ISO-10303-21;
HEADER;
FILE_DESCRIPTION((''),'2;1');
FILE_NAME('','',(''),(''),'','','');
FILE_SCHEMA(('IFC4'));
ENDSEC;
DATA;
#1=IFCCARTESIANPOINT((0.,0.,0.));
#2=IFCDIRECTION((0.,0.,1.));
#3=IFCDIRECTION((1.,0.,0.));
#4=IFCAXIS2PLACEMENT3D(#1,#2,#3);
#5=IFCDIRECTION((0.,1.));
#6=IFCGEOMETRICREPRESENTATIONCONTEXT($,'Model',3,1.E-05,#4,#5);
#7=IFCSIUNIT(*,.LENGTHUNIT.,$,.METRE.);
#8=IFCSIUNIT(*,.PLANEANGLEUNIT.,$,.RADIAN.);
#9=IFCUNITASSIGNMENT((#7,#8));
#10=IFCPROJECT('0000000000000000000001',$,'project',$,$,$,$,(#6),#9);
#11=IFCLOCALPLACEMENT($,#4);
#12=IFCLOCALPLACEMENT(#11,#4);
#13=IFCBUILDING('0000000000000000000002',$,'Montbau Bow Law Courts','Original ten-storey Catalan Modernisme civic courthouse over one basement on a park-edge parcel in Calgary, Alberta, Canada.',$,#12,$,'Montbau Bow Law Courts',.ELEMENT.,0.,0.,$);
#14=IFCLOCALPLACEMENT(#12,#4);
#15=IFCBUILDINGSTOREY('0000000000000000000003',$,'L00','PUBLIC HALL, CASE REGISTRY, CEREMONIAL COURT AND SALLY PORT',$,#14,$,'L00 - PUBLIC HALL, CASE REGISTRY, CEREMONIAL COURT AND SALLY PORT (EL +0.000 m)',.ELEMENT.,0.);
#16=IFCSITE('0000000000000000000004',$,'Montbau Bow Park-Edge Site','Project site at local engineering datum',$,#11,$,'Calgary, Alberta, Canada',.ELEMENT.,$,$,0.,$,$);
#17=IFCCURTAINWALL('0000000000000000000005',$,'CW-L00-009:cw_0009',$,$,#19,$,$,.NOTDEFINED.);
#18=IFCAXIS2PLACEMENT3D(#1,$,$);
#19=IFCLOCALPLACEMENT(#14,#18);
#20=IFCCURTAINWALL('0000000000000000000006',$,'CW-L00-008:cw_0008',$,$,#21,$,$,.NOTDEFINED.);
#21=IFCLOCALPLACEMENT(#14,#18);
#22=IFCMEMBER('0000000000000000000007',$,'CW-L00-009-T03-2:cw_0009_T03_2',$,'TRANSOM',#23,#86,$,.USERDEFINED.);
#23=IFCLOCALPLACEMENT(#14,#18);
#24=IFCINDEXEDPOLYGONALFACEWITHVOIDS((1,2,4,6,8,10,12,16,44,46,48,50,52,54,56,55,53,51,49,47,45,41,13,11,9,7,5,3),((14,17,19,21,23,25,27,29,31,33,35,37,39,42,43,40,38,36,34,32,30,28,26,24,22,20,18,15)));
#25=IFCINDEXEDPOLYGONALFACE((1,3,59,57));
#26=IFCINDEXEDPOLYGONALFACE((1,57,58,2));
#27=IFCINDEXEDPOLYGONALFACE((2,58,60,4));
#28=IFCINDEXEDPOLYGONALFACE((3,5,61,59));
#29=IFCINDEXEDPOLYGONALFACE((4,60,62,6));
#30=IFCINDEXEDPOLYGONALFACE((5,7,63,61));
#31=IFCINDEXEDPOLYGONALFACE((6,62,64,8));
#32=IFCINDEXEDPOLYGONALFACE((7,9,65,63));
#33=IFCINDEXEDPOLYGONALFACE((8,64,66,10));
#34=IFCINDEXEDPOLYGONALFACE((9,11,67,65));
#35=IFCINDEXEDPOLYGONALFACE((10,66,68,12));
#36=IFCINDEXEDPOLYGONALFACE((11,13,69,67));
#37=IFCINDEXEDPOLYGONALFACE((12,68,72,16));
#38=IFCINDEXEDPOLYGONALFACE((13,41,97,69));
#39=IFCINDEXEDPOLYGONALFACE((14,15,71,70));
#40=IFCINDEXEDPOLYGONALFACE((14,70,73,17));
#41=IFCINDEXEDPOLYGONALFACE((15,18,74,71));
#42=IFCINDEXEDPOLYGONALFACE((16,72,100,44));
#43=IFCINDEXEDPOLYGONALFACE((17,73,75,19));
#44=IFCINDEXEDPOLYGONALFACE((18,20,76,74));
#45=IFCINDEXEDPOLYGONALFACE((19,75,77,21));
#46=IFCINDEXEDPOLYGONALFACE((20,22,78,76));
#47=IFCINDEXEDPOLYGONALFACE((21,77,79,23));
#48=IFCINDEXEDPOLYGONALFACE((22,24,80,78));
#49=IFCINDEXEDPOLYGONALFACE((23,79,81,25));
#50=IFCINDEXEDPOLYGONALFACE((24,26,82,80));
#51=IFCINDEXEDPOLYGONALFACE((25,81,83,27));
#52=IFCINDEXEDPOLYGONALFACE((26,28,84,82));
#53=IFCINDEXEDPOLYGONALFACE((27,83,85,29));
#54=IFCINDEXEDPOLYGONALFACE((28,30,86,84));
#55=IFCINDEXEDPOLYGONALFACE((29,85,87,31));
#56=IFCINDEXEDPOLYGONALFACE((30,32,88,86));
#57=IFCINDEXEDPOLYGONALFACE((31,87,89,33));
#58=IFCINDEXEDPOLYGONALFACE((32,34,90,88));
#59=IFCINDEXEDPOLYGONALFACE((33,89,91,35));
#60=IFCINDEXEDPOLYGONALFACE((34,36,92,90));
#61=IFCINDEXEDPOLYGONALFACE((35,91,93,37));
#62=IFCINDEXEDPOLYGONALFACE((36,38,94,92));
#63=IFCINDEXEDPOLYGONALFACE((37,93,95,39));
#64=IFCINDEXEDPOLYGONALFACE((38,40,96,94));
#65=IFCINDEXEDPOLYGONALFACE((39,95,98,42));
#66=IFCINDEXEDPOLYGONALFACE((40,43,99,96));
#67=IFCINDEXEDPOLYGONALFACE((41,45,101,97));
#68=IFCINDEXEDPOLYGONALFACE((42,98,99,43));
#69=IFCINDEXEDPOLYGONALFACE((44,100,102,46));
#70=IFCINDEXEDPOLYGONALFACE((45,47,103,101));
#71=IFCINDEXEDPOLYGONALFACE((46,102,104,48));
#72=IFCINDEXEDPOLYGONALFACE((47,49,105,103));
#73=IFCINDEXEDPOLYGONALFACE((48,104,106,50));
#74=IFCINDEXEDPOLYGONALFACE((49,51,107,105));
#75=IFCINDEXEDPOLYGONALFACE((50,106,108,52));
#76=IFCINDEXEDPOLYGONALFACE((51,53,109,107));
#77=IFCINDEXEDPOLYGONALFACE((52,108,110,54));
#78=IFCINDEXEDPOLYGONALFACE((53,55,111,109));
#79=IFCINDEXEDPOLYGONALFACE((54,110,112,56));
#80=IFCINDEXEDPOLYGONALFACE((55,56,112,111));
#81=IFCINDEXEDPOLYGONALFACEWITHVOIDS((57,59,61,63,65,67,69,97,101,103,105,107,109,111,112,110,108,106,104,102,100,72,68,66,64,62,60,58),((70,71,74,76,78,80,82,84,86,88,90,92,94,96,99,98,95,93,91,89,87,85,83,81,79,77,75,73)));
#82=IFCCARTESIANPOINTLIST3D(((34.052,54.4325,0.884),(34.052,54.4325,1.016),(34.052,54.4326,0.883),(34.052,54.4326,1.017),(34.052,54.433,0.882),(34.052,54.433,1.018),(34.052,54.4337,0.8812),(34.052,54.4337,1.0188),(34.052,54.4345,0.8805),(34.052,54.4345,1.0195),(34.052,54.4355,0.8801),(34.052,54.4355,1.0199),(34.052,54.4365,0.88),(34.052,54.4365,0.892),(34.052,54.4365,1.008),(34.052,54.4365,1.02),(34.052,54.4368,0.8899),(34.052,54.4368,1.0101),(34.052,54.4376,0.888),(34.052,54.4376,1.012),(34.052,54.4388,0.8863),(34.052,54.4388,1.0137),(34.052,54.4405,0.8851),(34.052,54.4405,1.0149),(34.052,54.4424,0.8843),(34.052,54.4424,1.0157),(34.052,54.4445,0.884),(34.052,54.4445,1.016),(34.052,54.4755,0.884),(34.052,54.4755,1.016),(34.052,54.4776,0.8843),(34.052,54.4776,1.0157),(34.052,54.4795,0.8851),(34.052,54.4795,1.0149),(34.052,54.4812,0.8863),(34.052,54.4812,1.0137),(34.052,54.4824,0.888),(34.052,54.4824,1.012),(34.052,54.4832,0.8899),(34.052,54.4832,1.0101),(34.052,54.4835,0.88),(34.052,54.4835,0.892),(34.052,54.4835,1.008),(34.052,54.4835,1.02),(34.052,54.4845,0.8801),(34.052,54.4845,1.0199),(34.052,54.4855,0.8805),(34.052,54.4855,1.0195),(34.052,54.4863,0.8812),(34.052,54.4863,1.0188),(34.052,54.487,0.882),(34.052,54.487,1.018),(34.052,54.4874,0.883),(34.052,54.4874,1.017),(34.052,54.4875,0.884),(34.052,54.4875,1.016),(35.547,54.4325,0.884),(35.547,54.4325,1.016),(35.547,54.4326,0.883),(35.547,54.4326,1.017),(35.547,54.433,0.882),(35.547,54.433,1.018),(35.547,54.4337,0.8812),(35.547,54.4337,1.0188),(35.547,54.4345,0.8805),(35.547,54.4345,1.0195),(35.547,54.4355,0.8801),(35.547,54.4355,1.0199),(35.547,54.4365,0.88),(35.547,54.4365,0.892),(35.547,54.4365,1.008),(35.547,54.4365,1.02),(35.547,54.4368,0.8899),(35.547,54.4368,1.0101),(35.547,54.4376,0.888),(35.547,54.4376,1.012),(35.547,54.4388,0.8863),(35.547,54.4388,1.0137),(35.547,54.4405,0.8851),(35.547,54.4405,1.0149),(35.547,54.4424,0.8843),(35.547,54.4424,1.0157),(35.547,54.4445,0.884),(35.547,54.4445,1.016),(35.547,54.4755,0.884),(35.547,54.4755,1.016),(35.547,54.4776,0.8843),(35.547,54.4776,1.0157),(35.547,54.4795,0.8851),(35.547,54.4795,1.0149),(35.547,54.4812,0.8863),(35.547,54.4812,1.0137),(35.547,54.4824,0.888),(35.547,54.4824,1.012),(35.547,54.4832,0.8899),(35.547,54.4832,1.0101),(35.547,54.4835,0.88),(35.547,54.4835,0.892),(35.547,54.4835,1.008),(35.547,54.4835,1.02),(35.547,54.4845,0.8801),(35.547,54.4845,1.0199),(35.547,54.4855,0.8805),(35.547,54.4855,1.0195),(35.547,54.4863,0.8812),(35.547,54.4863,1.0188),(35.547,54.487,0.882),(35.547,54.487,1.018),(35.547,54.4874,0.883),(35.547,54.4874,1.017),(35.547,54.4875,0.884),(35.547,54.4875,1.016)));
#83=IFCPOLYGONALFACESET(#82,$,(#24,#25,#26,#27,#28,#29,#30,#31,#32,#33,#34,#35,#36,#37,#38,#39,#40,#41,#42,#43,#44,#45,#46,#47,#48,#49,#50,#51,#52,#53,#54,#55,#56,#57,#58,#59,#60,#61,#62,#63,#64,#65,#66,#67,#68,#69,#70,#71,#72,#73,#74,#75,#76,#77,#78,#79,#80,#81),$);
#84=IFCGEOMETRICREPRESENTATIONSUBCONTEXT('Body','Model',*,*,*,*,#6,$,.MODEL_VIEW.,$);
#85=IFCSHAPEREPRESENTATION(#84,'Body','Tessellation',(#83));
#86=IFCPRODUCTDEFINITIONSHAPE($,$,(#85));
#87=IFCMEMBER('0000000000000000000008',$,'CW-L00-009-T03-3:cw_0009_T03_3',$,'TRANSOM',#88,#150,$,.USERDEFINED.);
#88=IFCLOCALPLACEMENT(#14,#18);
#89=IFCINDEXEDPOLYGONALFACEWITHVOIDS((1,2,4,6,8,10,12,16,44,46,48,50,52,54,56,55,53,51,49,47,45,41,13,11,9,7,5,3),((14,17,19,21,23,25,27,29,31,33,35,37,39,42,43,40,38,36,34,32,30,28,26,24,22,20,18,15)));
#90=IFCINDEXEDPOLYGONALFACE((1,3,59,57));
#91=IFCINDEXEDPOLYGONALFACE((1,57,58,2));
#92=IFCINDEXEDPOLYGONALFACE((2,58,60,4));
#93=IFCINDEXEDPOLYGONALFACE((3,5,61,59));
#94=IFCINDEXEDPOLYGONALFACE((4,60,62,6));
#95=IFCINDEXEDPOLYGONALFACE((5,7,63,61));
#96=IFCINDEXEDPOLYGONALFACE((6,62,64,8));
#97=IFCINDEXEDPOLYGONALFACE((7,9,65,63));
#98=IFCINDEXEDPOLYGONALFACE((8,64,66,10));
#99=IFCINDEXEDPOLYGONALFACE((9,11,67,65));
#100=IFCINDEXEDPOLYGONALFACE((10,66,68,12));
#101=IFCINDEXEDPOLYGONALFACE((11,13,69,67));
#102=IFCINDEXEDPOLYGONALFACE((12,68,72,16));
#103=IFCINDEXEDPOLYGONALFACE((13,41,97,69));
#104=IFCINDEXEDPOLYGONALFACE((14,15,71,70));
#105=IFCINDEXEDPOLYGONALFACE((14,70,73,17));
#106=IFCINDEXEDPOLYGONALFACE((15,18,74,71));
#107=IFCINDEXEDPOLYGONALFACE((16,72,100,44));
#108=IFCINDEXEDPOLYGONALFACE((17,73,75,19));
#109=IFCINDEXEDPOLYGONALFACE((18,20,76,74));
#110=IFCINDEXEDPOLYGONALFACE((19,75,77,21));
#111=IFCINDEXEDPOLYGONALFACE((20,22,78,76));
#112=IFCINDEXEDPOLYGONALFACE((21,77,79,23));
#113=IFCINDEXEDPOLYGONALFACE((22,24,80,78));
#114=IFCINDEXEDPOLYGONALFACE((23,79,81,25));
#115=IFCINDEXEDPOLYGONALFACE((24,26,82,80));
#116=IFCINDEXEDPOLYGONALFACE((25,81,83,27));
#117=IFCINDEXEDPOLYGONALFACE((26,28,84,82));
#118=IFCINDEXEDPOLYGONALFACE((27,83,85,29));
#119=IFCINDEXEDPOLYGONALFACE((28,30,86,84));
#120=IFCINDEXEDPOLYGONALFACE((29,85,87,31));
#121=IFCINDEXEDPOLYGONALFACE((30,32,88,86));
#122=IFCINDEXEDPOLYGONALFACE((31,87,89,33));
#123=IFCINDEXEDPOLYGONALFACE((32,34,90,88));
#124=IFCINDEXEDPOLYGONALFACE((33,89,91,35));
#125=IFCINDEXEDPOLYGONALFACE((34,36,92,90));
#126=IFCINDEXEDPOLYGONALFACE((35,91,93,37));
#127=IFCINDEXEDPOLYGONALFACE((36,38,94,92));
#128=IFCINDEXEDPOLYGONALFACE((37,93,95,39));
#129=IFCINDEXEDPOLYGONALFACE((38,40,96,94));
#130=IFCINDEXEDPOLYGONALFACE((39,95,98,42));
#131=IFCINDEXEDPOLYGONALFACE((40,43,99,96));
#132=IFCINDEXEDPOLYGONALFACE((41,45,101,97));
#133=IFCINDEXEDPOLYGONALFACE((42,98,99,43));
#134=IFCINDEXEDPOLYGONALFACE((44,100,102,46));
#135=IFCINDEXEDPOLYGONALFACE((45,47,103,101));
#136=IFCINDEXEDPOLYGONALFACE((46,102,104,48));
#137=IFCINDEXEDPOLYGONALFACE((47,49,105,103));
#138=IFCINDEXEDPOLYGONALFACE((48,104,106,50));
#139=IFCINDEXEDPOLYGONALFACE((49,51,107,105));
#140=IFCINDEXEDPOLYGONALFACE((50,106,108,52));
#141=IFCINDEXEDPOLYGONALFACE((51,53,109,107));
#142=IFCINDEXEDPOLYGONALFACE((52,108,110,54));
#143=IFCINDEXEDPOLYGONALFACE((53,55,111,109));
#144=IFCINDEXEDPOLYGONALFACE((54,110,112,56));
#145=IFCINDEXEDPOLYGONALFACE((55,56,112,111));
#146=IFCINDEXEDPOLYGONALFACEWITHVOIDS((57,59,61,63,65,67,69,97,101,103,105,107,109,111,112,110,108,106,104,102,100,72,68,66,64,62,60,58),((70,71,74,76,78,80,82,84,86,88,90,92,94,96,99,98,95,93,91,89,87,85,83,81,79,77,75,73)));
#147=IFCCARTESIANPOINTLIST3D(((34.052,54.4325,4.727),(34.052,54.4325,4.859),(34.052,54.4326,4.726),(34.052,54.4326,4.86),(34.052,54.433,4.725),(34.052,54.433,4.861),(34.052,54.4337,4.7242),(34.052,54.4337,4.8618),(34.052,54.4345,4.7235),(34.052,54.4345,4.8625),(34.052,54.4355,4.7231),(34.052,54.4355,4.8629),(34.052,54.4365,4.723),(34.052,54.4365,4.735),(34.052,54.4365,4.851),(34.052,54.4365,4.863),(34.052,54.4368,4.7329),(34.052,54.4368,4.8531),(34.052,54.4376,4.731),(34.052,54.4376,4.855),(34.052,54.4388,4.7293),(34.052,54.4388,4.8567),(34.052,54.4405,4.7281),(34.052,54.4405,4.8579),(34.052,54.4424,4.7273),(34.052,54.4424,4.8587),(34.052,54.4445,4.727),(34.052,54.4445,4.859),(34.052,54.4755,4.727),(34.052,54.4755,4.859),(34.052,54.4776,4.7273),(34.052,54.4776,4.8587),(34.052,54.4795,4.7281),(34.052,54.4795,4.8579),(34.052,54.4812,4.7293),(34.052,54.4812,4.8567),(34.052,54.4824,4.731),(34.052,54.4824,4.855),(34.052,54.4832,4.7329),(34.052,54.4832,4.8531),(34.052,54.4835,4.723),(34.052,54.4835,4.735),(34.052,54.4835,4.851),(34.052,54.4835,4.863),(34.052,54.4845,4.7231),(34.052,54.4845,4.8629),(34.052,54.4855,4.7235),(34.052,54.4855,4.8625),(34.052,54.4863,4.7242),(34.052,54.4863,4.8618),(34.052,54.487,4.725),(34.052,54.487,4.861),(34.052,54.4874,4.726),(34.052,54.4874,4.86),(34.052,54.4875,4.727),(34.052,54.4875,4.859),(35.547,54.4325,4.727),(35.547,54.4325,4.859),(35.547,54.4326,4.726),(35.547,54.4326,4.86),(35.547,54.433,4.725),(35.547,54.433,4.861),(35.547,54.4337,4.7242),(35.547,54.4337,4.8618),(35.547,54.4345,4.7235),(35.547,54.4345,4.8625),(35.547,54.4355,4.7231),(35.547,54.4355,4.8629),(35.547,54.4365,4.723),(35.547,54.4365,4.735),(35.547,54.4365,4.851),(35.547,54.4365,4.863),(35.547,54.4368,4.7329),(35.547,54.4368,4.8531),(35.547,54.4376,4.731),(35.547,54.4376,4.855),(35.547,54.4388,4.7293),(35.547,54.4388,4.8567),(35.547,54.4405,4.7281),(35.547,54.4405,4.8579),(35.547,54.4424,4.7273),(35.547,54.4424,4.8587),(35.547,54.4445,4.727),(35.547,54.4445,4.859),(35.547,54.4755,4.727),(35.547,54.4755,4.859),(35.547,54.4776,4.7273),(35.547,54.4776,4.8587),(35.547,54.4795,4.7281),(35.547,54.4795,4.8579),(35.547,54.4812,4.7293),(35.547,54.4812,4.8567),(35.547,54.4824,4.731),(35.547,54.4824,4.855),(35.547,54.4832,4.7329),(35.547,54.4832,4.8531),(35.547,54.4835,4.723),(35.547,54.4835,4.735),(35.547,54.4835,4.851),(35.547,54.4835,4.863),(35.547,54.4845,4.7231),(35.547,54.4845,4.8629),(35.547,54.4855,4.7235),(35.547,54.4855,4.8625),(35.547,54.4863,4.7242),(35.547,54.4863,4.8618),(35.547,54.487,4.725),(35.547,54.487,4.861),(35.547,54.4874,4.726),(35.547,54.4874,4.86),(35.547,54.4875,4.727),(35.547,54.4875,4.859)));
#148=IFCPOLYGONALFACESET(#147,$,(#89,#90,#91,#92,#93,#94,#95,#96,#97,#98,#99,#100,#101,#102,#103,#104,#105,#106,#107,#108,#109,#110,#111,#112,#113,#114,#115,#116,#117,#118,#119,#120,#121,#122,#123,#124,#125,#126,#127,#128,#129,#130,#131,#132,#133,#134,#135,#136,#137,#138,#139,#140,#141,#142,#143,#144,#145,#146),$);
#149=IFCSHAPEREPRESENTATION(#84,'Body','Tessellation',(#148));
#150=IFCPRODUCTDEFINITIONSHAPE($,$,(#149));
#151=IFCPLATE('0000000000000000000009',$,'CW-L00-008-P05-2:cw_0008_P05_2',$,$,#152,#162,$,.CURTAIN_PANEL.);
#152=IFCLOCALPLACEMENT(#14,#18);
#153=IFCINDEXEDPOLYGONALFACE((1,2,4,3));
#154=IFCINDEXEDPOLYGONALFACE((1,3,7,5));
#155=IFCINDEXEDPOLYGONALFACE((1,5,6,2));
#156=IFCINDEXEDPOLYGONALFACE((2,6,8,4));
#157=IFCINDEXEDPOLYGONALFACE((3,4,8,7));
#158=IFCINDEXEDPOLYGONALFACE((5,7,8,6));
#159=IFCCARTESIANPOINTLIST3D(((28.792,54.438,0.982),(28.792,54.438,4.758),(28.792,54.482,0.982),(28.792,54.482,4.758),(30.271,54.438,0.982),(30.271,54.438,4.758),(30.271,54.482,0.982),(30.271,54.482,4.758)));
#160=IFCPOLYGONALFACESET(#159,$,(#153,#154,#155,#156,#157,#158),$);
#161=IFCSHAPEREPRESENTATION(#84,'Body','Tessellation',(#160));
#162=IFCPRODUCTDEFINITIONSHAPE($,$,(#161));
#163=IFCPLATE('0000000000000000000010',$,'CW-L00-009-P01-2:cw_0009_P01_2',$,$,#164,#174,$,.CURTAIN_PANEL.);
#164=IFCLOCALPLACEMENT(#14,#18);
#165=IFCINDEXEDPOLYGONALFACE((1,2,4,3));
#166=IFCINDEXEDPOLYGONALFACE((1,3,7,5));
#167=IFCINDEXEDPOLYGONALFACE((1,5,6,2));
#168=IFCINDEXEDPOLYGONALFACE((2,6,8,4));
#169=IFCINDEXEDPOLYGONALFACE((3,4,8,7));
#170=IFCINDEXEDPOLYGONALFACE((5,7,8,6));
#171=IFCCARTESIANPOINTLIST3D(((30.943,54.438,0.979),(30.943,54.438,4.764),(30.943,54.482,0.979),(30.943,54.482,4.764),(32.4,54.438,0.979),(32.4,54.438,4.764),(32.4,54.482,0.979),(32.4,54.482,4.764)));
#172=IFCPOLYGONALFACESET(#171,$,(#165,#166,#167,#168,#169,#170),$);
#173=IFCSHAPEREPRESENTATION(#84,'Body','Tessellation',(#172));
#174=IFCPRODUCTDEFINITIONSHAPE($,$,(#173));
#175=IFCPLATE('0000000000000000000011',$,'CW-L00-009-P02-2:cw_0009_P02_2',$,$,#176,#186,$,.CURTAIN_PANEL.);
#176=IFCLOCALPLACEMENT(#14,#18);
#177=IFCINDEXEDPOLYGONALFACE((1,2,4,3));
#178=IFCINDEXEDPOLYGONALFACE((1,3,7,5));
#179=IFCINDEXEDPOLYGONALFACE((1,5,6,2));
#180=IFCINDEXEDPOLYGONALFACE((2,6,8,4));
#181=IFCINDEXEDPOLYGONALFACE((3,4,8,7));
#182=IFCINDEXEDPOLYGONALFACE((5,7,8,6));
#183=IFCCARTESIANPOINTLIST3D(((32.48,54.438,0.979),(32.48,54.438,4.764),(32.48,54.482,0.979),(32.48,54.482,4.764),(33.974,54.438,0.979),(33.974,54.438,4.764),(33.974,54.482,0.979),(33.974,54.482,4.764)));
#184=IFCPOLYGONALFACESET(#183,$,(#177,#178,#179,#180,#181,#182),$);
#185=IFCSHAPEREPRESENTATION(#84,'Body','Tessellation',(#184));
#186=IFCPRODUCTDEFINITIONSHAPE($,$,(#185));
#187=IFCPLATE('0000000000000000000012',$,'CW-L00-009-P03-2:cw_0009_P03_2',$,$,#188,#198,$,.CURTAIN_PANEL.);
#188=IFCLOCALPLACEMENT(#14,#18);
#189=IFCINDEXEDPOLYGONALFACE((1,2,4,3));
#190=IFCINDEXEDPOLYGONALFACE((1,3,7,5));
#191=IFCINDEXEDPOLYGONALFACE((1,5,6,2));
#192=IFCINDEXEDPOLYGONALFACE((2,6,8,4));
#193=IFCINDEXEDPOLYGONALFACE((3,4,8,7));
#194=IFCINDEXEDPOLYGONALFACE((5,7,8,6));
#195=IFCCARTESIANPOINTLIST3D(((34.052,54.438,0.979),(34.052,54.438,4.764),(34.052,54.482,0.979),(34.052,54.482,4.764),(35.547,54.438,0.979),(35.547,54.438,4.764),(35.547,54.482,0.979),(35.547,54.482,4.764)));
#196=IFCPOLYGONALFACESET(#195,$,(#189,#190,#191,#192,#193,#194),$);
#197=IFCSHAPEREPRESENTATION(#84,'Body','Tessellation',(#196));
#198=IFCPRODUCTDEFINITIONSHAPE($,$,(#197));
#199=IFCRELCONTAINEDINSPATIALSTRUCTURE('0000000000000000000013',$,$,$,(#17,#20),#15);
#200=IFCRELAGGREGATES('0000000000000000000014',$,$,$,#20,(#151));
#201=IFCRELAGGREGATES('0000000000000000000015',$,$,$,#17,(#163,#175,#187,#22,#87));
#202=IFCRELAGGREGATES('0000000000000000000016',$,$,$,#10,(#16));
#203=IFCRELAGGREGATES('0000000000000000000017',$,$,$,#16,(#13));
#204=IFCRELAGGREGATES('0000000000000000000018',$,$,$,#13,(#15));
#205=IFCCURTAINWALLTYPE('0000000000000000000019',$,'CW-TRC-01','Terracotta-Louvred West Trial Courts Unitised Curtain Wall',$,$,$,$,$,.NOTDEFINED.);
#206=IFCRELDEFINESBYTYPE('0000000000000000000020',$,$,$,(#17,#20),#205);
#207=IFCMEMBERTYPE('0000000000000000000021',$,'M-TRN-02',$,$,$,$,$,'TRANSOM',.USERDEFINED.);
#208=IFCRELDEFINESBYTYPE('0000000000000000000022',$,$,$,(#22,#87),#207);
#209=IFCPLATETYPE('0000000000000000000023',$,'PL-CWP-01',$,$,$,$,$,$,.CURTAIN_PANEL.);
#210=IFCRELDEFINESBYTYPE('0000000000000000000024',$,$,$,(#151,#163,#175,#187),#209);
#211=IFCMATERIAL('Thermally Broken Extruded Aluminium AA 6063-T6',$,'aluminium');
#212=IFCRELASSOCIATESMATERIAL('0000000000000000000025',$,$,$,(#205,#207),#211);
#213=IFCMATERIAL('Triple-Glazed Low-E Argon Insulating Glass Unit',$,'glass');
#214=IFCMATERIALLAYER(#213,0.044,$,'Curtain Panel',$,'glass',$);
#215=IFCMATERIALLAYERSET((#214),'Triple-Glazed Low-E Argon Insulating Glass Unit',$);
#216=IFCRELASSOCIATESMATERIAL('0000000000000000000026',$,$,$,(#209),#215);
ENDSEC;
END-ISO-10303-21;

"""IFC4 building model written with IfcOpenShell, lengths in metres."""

from ifc_helpers import new_model, si_unit, direction, frame, frame_2d, origin_with_axes, origin_2d_with_axis, place, context, subcontext, project, spatial, rectangle, hollow_rectangle, extrude, material, layer, layer_set, material_profile, profile_set, type_object, element, aggregate, save


model = new_model("IFC4")

# Units and contexts
model_context = context("Model", 3, precision=1e-05, world=origin_with_axes(), true_north=direction((0.0, 1.0)))
body_context = subcontext(model_context, "Body", "Model", "MODEL_VIEW")
ifc_project = project(units=[si_unit("LENGTHUNIT", "METRE"), si_unit("PLANEANGLEUNIT", "RADIAN")], contexts=[model_context])

# Site, building, storey
site_placement = place(None, origin_with_axes())
site = spatial("IfcSite", under=ifc_project, at=site_placement, Name="Montbau Bow Park-Edge Site", Description="Project site at local engineering datum", LongName="Calgary, Alberta, Canada", CompositionType="ELEMENT", RefElevation=0.0)
building_placement = place(site_placement, origin_with_axes())
building = spatial("IfcBuilding", under=site, at=building_placement, Name="Montbau Bow Law Courts", Description="Original ten-storey Catalan Modernisme civic courthouse over one basement on a park-edge parcel in Calgary, Alberta, Canada.", LongName="Montbau Bow Law Courts", CompositionType="ELEMENT", ElevationOfRefHeight=0.0, ElevationOfTerrain=0.0)
storey_placement = place(building_placement, origin_with_axes())
storey = spatial("IfcBuildingStorey", under=building, at=storey_placement, Name="L00", Description="PUBLIC HALL, CASE REGISTRY, CEREMONIAL COURT AND SALLY PORT", LongName="L00 - PUBLIC HALL, CASE REGISTRY, CEREMONIAL COURT AND SALLY PORT (EL +0.000 m)", CompositionType="ELEMENT", Elevation=0.0)

# Curtain walls
ifc_material_1 = material(Name="Thermally Broken Extruded Aluminium AA 6063-T6", Category="aluminium")
curtain_wall_type = type_object("IfcCurtainWallType", Name="CW-TRC-01", Description="Terracotta-Louvred West Trial Courts Unitised Curtain Wall", PredefinedType="NOTDEFINED", material=ifc_material_1)
curtain_wall_1_placement = place(None, frame((30.867, 54.46, 0.0), z_axis=(0.0, 0.0, 1.0), x_axis=(1.0, 0.0, 0.0)))
curtain_wall_1 = element("IfcCurtainWall", 1, at=curtain_wall_1_placement, inside=storey, type_object=curtain_wall_type, Name="CW-L00-009:cw_0009", PredefinedType="NOTDEFINED")
curtain_wall_2_placement = place(None, frame((22.467, 54.46, 0.0), z_axis=(0.0, 0.0, 1.0), x_axis=(1.0, 0.0, 0.0)))
curtain_wall_2 = element("IfcCurtainWall", 2, at=curtain_wall_2_placement, inside=storey, type_object=curtain_wall_type, Name="CW-L00-008:cw_0008", PredefinedType="NOTDEFINED")

# Members
ifc_material_profile_1 = material_profile(ifc_material_1, hollow_rectangle(XDim=0.055, YDim=0.14, WallThickness=0.004, InnerFilletRadius=0.008, OuterFilletRadius=0.004, at=origin_2d_with_axis()), Name="CWT-140X55", Category="Main", Priority=0)
ifc_profile_set_1 = profile_set([ifc_material_profile_1], Name="Thermally Broken Extruded Aluminium AA 6063-T6")
member_type_1 = type_object("IfcMemberType", Name="M-TRN-02", ElementType="TRANSOM", PredefinedType="USERDEFINED", material=ifc_profile_set_1)
member_1_placement = place(None, frame((34.052, 54.46, 0.95), z_axis=(1.0, 0.0, 0.0), x_axis=(0.0, 1.0, 0.0)))
member_1 = element("IfcMember", 3, at=member_1_placement, type_object=member_type_1, Name="CW-L00-009-T03-2:cw_0009_T03_2", ObjectType="TRANSOM", PredefinedType="USERDEFINED", context=body_context, shape_type="SweptSolid", body=[
    extrude(hollow_rectangle(XDim=0.055, YDim=0.14, WallThickness=0.004, InnerFilletRadius=0.008, OuterFilletRadius=0.004, at=origin_2d_with_axis()), origin_with_axes(), (0.0, 0.0, 1.0), 1.495),
])
member_2_placement = place(None, frame((34.052, 54.46, 4.793), z_axis=(1.0, 0.0, 0.0), x_axis=(0.0, 1.0, 0.0)))
member_2 = element("IfcMember", 4, at=member_2_placement, type_object=member_type_1, Name="CW-L00-009-T03-3:cw_0009_T03_3", ObjectType="TRANSOM", PredefinedType="USERDEFINED", context=body_context, shape_type="SweptSolid", body=[
    extrude(hollow_rectangle(XDim=0.055, YDim=0.14, WallThickness=0.004, InnerFilletRadius=0.008, OuterFilletRadius=0.004, at=origin_2d_with_axis()), origin_with_axes(), (0.0, 0.0, 1.0), 1.495),
])

# Plates
ifc_material_2 = material(Name="Triple-Glazed Low-E Argon Insulating Glass Unit", Category="glass")
ifc_layer_1 = layer(ifc_material_2, 0.044, Name="Curtain Panel", Category="glass")
ifc_layer_set_1 = layer_set([ifc_layer_1], Name="Triple-Glazed Low-E Argon Insulating Glass Unit")
plate_type_1 = type_object("IfcPlateType", Name="PL-CWP-01", PredefinedType="CURTAIN_PANEL", material=ifc_layer_set_1)
plate_1_placement = place(None, frame((28.792, 54.46, 0.982), z_axis=(0.0, -1.0, 0.0), x_axis=(1.0, 0.0, 0.0)))
plate_1 = element("IfcPlate", 5, at=plate_1_placement, type_object=plate_type_1, Name="CW-L00-008-P05-2:cw_0008_P05_2", PredefinedType="CURTAIN_PANEL", context=body_context, shape_type="SweptSolid", body=[
    extrude(rectangle(XDim=1.479, YDim=3.776, at=frame_2d((0.7395, 1.888), x_axis=(1.0, 0.0))), frame((0.0, 0.0, -0.022), z_axis=(0.0, 0.0, 1.0), x_axis=(1.0, 0.0, 0.0)), (0.0, 0.0, 1.0), 0.044),
])
plate_2_placement = place(None, frame((30.943, 54.46, 0.979), z_axis=(0.0, -1.0, 0.0), x_axis=(1.0, 0.0, 0.0)))
plate_2 = element("IfcPlate", 6, at=plate_2_placement, type_object=plate_type_1, Name="CW-L00-009-P01-2:cw_0009_P01_2", PredefinedType="CURTAIN_PANEL", context=body_context, shape_type="SweptSolid", body=[
    extrude(rectangle(XDim=1.457, YDim=3.785, at=frame_2d((0.7285, 1.8925), x_axis=(1.0, 0.0))), frame((0.0, 0.0, -0.022), z_axis=(0.0, 0.0, 1.0), x_axis=(1.0, 0.0, 0.0)), (0.0, 0.0, 1.0), 0.044),
])
plate_3_placement = place(None, frame((32.48, 54.46, 0.979), z_axis=(0.0, -1.0, 0.0), x_axis=(1.0, 0.0, 0.0)))
plate_3 = element("IfcPlate", 7, at=plate_3_placement, type_object=plate_type_1, Name="CW-L00-009-P02-2:cw_0009_P02_2", PredefinedType="CURTAIN_PANEL", context=body_context, shape_type="SweptSolid", body=[
    extrude(rectangle(XDim=1.494, YDim=3.785, at=frame_2d((0.747, 1.8925), x_axis=(1.0, 0.0))), frame((0.0, 0.0, -0.022), z_axis=(0.0, 0.0, 1.0), x_axis=(1.0, 0.0, 0.0)), (0.0, 0.0, 1.0), 0.044),
])
plate_4_placement = place(None, frame((34.052, 54.46, 0.979), z_axis=(0.0, -1.0, 0.0), x_axis=(1.0, 0.0, 0.0)))
plate_4 = element("IfcPlate", 8, at=plate_4_placement, type_object=plate_type_1, Name="CW-L00-009-P03-2:cw_0009_P03_2", PredefinedType="CURTAIN_PANEL", context=body_context, shape_type="SweptSolid", body=[
    extrude(rectangle(XDim=1.495, YDim=3.785, at=frame_2d((0.7475, 1.8925), x_axis=(1.0, 0.0))), frame((0.0, 0.0, -0.022), z_axis=(0.0, 0.0, 1.0), x_axis=(1.0, 0.0, 0.0)), (0.0, 0.0, 1.0), 0.044),
])
aggregate(curtain_wall_2, [plate_1])
aggregate(curtain_wall_1, [plate_2, plate_3, plate_4, member_1, member_2])

save(model, "model.ifc")
